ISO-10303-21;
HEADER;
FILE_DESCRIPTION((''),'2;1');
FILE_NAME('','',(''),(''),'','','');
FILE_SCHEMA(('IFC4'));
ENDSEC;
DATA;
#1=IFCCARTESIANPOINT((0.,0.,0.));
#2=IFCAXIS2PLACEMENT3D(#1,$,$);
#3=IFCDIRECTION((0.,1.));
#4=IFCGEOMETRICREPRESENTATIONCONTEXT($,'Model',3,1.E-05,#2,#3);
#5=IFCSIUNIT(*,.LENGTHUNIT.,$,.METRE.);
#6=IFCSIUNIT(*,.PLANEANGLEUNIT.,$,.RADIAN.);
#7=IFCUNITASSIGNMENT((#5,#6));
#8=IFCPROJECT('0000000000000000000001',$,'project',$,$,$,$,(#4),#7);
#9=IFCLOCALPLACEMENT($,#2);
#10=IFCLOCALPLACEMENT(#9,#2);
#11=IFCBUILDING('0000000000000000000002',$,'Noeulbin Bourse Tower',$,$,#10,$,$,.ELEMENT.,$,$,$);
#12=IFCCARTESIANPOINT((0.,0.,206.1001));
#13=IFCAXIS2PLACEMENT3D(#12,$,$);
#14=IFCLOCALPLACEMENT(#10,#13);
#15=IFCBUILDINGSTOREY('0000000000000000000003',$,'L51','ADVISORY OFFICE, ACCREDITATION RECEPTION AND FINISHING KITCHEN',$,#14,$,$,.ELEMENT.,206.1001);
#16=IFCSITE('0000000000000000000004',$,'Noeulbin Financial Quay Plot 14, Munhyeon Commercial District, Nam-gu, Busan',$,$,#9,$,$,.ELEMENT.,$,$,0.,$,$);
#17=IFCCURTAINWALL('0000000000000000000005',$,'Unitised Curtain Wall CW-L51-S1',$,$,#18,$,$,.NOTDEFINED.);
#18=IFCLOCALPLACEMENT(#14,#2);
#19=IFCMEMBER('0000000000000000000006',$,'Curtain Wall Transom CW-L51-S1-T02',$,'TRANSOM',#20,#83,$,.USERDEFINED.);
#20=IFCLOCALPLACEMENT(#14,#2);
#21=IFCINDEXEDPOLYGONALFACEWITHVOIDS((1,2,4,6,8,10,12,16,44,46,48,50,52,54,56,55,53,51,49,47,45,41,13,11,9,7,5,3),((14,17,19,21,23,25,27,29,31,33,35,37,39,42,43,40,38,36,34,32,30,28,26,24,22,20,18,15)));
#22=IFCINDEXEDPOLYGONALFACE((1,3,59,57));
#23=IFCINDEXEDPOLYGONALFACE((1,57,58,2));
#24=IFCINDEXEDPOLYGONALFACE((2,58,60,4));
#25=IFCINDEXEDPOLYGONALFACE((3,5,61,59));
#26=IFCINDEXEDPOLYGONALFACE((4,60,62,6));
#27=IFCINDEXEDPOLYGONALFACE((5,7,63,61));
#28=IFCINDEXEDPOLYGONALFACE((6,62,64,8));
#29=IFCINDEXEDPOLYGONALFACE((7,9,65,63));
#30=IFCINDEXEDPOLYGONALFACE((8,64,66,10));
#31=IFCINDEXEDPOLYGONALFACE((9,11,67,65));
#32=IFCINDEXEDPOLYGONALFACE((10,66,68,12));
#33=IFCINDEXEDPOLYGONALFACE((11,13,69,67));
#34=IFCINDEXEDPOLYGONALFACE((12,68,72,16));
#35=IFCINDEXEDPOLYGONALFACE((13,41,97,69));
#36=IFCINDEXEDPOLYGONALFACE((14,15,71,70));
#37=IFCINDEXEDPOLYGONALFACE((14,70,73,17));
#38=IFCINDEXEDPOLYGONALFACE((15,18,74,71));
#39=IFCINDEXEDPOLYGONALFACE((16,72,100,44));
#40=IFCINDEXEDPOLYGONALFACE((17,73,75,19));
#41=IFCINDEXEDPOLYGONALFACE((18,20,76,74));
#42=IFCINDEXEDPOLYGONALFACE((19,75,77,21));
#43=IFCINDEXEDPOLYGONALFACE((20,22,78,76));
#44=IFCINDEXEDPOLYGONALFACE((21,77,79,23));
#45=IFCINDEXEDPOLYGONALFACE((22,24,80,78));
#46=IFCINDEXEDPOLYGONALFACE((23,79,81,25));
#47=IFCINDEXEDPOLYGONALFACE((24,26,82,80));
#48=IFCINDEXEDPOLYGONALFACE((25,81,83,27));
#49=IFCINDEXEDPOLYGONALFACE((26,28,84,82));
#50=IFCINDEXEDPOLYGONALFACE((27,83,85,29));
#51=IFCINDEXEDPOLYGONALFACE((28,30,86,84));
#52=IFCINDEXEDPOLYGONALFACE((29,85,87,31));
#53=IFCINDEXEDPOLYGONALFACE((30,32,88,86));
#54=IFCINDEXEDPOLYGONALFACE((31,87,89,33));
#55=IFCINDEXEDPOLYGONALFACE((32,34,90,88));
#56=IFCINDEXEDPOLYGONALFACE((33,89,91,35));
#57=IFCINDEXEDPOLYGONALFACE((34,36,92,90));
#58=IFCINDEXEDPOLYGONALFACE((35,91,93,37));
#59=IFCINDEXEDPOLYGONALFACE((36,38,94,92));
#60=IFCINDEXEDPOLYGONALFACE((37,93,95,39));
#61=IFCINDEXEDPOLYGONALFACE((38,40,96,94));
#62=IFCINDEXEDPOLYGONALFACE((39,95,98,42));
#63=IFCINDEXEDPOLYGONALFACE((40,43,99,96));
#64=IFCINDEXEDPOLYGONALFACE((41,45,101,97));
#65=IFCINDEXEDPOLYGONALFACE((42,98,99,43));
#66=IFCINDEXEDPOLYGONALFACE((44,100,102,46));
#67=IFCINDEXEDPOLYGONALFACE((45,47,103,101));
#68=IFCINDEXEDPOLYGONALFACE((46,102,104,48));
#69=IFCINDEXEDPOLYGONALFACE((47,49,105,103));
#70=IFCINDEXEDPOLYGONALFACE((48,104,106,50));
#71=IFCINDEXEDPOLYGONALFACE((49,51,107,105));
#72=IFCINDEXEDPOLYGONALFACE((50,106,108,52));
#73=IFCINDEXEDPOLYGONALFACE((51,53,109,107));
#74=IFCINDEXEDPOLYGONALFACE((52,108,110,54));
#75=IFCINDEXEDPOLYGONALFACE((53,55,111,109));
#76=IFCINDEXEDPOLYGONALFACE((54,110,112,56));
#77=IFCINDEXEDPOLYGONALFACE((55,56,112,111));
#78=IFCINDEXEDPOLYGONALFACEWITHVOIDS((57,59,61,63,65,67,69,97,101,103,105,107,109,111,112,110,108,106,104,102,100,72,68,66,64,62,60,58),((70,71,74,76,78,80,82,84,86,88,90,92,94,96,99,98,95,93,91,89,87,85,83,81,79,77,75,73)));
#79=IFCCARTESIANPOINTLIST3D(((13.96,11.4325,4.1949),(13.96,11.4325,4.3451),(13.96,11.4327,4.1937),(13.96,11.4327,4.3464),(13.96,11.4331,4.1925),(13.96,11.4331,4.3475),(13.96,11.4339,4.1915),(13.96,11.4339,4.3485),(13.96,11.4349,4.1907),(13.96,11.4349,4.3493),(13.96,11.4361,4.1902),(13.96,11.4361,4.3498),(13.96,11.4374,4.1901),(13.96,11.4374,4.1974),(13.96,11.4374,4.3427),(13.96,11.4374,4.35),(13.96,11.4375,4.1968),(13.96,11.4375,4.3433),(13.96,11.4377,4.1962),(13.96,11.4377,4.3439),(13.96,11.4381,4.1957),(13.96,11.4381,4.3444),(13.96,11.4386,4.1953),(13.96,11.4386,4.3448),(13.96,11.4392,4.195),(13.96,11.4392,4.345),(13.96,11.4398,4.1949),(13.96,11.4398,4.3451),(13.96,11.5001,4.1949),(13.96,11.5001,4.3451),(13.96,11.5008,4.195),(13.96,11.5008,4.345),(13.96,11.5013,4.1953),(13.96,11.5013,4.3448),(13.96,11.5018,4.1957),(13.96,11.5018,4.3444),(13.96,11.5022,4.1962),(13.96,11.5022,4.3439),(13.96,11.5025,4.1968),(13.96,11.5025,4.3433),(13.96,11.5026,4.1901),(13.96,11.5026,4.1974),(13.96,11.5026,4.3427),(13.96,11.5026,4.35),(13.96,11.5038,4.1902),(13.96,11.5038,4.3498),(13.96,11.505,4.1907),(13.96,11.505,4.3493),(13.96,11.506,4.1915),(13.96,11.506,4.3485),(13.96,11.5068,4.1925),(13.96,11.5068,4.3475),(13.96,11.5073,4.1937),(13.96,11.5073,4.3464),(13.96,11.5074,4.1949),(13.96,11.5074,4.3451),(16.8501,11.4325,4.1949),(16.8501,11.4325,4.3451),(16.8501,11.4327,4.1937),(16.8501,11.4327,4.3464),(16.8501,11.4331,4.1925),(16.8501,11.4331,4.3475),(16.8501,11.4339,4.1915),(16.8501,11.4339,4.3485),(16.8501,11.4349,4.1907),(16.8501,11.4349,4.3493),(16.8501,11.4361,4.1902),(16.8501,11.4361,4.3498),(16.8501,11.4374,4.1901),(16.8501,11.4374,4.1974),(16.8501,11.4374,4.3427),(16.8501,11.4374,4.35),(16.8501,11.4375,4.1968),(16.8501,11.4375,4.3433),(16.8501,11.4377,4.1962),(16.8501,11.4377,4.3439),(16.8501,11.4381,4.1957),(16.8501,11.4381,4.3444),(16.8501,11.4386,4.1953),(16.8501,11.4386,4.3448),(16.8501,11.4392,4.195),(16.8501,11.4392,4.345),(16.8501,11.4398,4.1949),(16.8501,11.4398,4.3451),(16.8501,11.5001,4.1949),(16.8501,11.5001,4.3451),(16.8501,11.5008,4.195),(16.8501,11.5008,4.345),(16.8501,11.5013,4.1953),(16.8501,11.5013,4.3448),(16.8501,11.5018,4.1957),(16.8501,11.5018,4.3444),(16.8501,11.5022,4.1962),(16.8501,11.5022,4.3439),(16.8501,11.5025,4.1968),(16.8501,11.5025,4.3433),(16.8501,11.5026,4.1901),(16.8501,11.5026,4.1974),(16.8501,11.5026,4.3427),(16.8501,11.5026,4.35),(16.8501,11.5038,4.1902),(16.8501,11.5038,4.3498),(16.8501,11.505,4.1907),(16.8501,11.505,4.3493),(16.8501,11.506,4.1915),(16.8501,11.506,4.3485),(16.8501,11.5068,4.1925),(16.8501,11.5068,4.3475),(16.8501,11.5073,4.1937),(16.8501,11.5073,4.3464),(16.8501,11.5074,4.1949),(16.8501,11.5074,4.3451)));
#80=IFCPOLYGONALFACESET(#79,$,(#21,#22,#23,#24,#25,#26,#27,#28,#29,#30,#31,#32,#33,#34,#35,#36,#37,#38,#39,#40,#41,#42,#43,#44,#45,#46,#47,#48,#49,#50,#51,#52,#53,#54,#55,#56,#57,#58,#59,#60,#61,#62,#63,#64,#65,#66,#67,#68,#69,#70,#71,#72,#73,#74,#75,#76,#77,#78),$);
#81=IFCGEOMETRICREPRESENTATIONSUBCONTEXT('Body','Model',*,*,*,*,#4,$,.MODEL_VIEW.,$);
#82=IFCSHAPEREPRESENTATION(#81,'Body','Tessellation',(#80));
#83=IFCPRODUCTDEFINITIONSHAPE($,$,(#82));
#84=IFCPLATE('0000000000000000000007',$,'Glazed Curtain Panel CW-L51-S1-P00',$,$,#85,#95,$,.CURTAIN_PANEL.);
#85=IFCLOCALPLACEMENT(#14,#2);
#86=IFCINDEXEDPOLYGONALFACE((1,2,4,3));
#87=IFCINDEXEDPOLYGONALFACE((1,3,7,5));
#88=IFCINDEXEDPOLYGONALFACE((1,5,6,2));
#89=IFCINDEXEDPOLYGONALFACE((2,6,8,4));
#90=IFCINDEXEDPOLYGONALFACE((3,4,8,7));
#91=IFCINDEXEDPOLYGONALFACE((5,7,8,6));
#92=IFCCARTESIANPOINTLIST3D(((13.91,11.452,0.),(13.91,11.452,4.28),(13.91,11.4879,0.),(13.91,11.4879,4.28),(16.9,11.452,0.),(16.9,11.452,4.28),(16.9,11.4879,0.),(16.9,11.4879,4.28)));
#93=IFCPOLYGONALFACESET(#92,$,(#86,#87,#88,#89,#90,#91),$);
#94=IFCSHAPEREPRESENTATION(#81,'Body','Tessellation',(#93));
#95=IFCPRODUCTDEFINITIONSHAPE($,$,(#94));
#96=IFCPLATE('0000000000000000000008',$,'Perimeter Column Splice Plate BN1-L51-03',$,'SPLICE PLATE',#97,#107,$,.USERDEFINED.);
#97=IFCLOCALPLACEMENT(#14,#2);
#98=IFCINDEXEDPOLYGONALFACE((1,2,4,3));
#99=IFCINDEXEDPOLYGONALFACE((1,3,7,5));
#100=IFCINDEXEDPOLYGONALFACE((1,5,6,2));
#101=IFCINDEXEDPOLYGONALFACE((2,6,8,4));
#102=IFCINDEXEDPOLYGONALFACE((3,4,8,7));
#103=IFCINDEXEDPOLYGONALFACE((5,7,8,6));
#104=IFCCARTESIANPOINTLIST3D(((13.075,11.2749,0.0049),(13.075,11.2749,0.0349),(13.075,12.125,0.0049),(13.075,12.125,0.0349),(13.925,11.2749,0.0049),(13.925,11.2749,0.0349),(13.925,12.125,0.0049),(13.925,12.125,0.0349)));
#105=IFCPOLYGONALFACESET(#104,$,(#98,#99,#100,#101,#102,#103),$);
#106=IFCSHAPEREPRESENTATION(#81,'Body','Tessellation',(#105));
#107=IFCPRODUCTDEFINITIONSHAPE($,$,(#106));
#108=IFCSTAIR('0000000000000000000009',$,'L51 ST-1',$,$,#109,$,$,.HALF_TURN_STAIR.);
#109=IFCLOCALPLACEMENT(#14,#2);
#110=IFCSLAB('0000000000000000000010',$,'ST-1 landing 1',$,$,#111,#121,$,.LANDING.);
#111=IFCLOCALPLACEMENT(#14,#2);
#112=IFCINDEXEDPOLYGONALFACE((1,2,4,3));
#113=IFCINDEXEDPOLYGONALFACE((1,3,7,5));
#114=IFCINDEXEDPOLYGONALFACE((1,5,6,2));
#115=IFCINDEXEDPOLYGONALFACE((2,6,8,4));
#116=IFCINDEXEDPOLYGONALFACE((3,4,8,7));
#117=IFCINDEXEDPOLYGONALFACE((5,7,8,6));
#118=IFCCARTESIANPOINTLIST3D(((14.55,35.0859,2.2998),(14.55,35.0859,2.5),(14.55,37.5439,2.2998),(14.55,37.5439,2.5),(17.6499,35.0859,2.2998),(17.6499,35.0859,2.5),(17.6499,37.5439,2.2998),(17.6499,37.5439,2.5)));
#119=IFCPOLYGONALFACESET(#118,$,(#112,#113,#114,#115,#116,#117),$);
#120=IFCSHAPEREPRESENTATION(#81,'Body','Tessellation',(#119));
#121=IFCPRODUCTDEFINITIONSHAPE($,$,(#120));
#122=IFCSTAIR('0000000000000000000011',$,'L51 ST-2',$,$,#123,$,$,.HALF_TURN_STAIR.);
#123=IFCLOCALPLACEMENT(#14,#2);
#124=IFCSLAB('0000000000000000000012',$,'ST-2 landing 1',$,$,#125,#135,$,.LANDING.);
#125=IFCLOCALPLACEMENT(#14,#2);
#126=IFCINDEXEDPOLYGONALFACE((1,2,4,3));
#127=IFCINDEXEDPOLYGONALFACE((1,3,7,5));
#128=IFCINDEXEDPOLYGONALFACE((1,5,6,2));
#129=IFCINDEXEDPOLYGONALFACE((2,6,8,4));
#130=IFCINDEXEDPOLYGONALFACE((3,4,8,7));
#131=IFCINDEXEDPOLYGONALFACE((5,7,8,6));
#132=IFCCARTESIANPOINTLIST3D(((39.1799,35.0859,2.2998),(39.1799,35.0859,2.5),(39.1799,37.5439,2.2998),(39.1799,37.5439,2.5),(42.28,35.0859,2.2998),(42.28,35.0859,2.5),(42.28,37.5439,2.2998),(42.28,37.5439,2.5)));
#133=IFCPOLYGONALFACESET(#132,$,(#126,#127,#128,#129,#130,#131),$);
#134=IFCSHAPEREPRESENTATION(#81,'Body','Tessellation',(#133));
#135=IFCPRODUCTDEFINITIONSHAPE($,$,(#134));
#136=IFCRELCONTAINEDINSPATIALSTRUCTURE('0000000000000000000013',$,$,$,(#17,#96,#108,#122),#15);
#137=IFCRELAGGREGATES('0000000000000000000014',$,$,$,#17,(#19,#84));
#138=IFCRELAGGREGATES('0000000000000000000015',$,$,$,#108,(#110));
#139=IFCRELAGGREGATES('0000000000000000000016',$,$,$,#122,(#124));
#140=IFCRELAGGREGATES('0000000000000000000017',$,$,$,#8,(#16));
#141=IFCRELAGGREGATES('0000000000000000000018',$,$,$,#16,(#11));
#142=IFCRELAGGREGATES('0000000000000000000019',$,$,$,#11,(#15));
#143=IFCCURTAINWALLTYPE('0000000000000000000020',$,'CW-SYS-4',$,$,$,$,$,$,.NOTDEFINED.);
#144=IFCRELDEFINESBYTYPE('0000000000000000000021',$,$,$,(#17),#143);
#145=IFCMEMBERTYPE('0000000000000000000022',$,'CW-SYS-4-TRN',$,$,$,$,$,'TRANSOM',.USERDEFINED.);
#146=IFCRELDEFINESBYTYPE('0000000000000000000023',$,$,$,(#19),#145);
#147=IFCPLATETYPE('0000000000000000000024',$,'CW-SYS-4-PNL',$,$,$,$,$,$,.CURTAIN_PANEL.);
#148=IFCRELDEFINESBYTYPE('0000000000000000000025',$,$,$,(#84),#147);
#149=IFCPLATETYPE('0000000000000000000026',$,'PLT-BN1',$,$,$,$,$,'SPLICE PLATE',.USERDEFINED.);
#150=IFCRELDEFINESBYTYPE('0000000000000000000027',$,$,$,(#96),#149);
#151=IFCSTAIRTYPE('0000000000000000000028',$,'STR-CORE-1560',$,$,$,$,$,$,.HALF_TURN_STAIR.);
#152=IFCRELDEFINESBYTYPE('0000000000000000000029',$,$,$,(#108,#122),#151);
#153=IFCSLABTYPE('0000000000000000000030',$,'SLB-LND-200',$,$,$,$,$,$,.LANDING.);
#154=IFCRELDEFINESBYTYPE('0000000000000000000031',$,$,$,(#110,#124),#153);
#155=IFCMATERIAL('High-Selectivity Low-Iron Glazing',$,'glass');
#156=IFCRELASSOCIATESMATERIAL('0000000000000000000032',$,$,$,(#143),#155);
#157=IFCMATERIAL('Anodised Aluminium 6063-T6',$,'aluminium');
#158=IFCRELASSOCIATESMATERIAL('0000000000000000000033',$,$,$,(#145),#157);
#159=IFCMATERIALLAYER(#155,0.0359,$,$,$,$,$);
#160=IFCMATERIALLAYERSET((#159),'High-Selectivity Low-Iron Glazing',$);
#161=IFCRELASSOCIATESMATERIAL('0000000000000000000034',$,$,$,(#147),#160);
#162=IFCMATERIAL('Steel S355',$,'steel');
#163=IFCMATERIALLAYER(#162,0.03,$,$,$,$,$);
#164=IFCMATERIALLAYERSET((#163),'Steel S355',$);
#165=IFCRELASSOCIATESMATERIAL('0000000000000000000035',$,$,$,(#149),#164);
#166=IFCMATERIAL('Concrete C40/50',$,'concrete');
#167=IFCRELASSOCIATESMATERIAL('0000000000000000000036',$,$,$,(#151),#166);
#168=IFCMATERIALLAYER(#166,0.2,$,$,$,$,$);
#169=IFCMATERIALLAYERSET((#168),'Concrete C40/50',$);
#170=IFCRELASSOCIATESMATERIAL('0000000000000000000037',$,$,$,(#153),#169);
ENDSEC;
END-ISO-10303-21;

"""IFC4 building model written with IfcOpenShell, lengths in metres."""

from ifc_helpers import new_model, si_unit, direction, frame, origin, origin_2d, place, context, subcontext, project, spatial, polyline, rectangle, hollow_rectangle, outline, extrude, material, layer, layer_set, material_profile, profile_set, type_object, element, aggregate, save


model = new_model("IFC4")

# Units and contexts
model_context = context("Model", 3, precision=1e-05, world=origin(), true_north=direction((0.0, 1.0)))
body_context = subcontext(model_context, "Body", "Model", "MODEL_VIEW")
ifc_project = project(units=[si_unit("LENGTHUNIT", "METRE"), si_unit("PLANEANGLEUNIT", "RADIAN")], contexts=[model_context])

# Site, building, storey
site_placement = place(None, origin())
site = spatial("IfcSite", under=ifc_project, at=site_placement, Name="Noeulbin Financial Quay Plot 14, Munhyeon Commercial District, Nam-gu, Busan", CompositionType="ELEMENT", RefElevation=0.0)
building_placement = place(site_placement, origin())
building = spatial("IfcBuilding", under=site, at=building_placement, Name="Noeulbin Bourse Tower", CompositionType="ELEMENT")
storey_placement = place(building_placement, frame((0.0, 0.0, 206.1001)))
storey = spatial("IfcBuildingStorey", under=building, at=storey_placement, Name="L51", Description="ADVISORY OFFICE, ACCREDITATION RECEPTION AND FINISHING KITCHEN", CompositionType="ELEMENT", Elevation=206.1001)

# Shared definitions
ifc_material_1 = material(Name="Steel S355", Category="steel")

# Curtain wall, member, plate
ifc_material_2 = material(Name="High-Selectivity Low-Iron Glazing", Category="glass")
curtain_wall_type = type_object("IfcCurtainWallType", Name="CW-SYS-4", PredefinedType="NOTDEFINED", material=ifc_material_2)
curtain_wall_placement = place(storey_placement, origin())
curtain_wall = element("IfcCurtainWall", 1, at=curtain_wall_placement, inside=storey, type_object=curtain_wall_type, Name="Unitised Curtain Wall CW-L51-S1", PredefinedType="NOTDEFINED")
ifc_material_3 = material(Name="Anodised Aluminium 6063-T6", Category="aluminium")
ifc_material_profile_1 = material_profile(ifc_material_3, hollow_rectangle(XDim=0.075, YDim=0.1599, WallThickness=0.0049, InnerFilletRadius=0.0024, OuterFilletRadius=0.0049, at=origin_2d()), Name="ALU-TRAN-75x160x5", Category="LoadBearing")
ifc_profile_set_1 = profile_set([ifc_material_profile_1], Name="Anodised Aluminium 6063-T6")
member_type_1 = type_object("IfcMemberType", Name="CW-SYS-4-TRN", ElementType="TRANSOM", PredefinedType="USERDEFINED", material=ifc_profile_set_1)
member_1_placement = place(storey_placement, frame((13.96, 11.47, 4.27), z_axis=(1.0, 0.0, 0.0), x_axis=(0.0, 1.0, 0.0)))
member_1 = element("IfcMember", 2, at=member_1_placement, type_object=member_type_1, Name="Curtain Wall Transom CW-L51-S1-T02", ObjectType="TRANSOM", PredefinedType="USERDEFINED", context=body_context, shape_type="SweptSolid", body=[
    extrude(hollow_rectangle(XDim=0.075, YDim=0.1599, WallThickness=0.0049, InnerFilletRadius=0.0024, OuterFilletRadius=0.0049, at=origin_2d()), origin(), (0.0, 0.0, 1.0), 2.8901),
])
ifc_layer_1 = layer(ifc_material_2, 0.0359)
ifc_layer_set_1 = layer_set([ifc_layer_1], Name="High-Selectivity Low-Iron Glazing")
plate_type_1 = type_object("IfcPlateType", Name="CW-SYS-4-PNL", PredefinedType="CURTAIN_PANEL", material=ifc_layer_set_1)
plate_1_placement = place(storey_placement, frame((15.405, 11.47, 0.0), z_axis=(0.0, 0.0, 1.0), x_axis=(1.0, 0.0, 0.0)))
plate_1 = element("IfcPlate", 3, at=plate_1_placement, type_object=plate_type_1, Name="Glazed Curtain Panel CW-L51-S1-P00", PredefinedType="CURTAIN_PANEL", context=body_context, shape_type="SweptSolid", body=[
    extrude(rectangle(XDim=2.99, YDim=0.0359, at=origin_2d()), origin(), (0.0, 0.0, 1.0), 4.28),
])
aggregate(curtain_wall, [member_1, plate_1])

# Plate
ifc_layer_2 = layer(ifc_material_1, 0.03)
ifc_layer_set_2 = layer_set([ifc_layer_2], Name="Steel S355")
plate_type_2 = type_object("IfcPlateType", Name="PLT-BN1", ElementType="SPLICE PLATE", PredefinedType="USERDEFINED", material=ifc_layer_set_2)
plate_2_placement = place(storey_placement, frame((13.5, 11.7, 0.0049), z_axis=(0.0, 0.0, 1.0), x_axis=(1.0, 0.0, 0.0)))
element("IfcPlate", 4, at=plate_2_placement, inside=storey, type_object=plate_type_2, Name="Perimeter Column Splice Plate BN1-L51-03", ObjectType="SPLICE PLATE", PredefinedType="USERDEFINED", context=body_context, shape_type="SweptSolid", body=[
    extrude(rectangle(XDim=0.8501, YDim=0.8501, at=origin_2d()), origin(), (0.0, 0.0, 1.0), 0.03),
])

# Stairs, slabs
ifc_material_4 = material(Name="Concrete C40/50", Category="concrete")
stair_type = type_object("IfcStairType", Name="STR-CORE-1560", PredefinedType="HALF_TURN_STAIR", material=ifc_material_4)
stair_1_placement = place(storey_placement, origin())
stair_1 = element("IfcStair", 5, at=stair_1_placement, inside=storey, type_object=stair_type, Name="L51 ST-1", PredefinedType="HALF_TURN_STAIR")
ifc_layer_3 = layer(ifc_material_4, 0.2)
ifc_layer_set_3 = layer_set([ifc_layer_3], Name="Concrete C40/50")
slab_type_1 = type_object("IfcSlabType", Name="SLB-LND-200", PredefinedType="LANDING", material=ifc_layer_set_3)
slab_1_placement = place(storey_placement, frame((0.0, 0.0, 2.2998)))
slab_1 = element("IfcSlab", 6, at=slab_1_placement, type_object=slab_type_1, Name="ST-1 landing 1", PredefinedType="LANDING", context=body_context, shape_type="SweptSolid", body=[
    extrude(outline(polyline([(17.6499, 35.0859), (17.6499, 37.5439), (14.55, 37.5439), (14.55, 35.0859), (17.6499, 35.0859)])), origin(), (0.0, 0.0, 1.0), 0.2002),
])
aggregate(stair_1, [slab_1])
stair_2_placement = place(storey_placement, origin())
stair_2 = element("IfcStair", 7, at=stair_2_placement, inside=storey, type_object=stair_type, Name="L51 ST-2", PredefinedType="HALF_TURN_STAIR")
slab_2_placement = place(storey_placement, frame((0.0, 0.0, 2.2998)))
slab_2 = element("IfcSlab", 8, at=slab_2_placement, type_object=slab_type_1, Name="ST-2 landing 1", PredefinedType="LANDING", context=body_context, shape_type="SweptSolid", body=[
    extrude(outline(polyline([(42.28, 35.0859), (42.28, 37.5439), (39.1799, 37.5439), (39.1799, 35.0859), (42.28, 35.0859)])), origin(), (0.0, 0.0, 1.0), 0.2002),
])
aggregate(stair_2, [slab_2])

save(model, "model.ifc")
